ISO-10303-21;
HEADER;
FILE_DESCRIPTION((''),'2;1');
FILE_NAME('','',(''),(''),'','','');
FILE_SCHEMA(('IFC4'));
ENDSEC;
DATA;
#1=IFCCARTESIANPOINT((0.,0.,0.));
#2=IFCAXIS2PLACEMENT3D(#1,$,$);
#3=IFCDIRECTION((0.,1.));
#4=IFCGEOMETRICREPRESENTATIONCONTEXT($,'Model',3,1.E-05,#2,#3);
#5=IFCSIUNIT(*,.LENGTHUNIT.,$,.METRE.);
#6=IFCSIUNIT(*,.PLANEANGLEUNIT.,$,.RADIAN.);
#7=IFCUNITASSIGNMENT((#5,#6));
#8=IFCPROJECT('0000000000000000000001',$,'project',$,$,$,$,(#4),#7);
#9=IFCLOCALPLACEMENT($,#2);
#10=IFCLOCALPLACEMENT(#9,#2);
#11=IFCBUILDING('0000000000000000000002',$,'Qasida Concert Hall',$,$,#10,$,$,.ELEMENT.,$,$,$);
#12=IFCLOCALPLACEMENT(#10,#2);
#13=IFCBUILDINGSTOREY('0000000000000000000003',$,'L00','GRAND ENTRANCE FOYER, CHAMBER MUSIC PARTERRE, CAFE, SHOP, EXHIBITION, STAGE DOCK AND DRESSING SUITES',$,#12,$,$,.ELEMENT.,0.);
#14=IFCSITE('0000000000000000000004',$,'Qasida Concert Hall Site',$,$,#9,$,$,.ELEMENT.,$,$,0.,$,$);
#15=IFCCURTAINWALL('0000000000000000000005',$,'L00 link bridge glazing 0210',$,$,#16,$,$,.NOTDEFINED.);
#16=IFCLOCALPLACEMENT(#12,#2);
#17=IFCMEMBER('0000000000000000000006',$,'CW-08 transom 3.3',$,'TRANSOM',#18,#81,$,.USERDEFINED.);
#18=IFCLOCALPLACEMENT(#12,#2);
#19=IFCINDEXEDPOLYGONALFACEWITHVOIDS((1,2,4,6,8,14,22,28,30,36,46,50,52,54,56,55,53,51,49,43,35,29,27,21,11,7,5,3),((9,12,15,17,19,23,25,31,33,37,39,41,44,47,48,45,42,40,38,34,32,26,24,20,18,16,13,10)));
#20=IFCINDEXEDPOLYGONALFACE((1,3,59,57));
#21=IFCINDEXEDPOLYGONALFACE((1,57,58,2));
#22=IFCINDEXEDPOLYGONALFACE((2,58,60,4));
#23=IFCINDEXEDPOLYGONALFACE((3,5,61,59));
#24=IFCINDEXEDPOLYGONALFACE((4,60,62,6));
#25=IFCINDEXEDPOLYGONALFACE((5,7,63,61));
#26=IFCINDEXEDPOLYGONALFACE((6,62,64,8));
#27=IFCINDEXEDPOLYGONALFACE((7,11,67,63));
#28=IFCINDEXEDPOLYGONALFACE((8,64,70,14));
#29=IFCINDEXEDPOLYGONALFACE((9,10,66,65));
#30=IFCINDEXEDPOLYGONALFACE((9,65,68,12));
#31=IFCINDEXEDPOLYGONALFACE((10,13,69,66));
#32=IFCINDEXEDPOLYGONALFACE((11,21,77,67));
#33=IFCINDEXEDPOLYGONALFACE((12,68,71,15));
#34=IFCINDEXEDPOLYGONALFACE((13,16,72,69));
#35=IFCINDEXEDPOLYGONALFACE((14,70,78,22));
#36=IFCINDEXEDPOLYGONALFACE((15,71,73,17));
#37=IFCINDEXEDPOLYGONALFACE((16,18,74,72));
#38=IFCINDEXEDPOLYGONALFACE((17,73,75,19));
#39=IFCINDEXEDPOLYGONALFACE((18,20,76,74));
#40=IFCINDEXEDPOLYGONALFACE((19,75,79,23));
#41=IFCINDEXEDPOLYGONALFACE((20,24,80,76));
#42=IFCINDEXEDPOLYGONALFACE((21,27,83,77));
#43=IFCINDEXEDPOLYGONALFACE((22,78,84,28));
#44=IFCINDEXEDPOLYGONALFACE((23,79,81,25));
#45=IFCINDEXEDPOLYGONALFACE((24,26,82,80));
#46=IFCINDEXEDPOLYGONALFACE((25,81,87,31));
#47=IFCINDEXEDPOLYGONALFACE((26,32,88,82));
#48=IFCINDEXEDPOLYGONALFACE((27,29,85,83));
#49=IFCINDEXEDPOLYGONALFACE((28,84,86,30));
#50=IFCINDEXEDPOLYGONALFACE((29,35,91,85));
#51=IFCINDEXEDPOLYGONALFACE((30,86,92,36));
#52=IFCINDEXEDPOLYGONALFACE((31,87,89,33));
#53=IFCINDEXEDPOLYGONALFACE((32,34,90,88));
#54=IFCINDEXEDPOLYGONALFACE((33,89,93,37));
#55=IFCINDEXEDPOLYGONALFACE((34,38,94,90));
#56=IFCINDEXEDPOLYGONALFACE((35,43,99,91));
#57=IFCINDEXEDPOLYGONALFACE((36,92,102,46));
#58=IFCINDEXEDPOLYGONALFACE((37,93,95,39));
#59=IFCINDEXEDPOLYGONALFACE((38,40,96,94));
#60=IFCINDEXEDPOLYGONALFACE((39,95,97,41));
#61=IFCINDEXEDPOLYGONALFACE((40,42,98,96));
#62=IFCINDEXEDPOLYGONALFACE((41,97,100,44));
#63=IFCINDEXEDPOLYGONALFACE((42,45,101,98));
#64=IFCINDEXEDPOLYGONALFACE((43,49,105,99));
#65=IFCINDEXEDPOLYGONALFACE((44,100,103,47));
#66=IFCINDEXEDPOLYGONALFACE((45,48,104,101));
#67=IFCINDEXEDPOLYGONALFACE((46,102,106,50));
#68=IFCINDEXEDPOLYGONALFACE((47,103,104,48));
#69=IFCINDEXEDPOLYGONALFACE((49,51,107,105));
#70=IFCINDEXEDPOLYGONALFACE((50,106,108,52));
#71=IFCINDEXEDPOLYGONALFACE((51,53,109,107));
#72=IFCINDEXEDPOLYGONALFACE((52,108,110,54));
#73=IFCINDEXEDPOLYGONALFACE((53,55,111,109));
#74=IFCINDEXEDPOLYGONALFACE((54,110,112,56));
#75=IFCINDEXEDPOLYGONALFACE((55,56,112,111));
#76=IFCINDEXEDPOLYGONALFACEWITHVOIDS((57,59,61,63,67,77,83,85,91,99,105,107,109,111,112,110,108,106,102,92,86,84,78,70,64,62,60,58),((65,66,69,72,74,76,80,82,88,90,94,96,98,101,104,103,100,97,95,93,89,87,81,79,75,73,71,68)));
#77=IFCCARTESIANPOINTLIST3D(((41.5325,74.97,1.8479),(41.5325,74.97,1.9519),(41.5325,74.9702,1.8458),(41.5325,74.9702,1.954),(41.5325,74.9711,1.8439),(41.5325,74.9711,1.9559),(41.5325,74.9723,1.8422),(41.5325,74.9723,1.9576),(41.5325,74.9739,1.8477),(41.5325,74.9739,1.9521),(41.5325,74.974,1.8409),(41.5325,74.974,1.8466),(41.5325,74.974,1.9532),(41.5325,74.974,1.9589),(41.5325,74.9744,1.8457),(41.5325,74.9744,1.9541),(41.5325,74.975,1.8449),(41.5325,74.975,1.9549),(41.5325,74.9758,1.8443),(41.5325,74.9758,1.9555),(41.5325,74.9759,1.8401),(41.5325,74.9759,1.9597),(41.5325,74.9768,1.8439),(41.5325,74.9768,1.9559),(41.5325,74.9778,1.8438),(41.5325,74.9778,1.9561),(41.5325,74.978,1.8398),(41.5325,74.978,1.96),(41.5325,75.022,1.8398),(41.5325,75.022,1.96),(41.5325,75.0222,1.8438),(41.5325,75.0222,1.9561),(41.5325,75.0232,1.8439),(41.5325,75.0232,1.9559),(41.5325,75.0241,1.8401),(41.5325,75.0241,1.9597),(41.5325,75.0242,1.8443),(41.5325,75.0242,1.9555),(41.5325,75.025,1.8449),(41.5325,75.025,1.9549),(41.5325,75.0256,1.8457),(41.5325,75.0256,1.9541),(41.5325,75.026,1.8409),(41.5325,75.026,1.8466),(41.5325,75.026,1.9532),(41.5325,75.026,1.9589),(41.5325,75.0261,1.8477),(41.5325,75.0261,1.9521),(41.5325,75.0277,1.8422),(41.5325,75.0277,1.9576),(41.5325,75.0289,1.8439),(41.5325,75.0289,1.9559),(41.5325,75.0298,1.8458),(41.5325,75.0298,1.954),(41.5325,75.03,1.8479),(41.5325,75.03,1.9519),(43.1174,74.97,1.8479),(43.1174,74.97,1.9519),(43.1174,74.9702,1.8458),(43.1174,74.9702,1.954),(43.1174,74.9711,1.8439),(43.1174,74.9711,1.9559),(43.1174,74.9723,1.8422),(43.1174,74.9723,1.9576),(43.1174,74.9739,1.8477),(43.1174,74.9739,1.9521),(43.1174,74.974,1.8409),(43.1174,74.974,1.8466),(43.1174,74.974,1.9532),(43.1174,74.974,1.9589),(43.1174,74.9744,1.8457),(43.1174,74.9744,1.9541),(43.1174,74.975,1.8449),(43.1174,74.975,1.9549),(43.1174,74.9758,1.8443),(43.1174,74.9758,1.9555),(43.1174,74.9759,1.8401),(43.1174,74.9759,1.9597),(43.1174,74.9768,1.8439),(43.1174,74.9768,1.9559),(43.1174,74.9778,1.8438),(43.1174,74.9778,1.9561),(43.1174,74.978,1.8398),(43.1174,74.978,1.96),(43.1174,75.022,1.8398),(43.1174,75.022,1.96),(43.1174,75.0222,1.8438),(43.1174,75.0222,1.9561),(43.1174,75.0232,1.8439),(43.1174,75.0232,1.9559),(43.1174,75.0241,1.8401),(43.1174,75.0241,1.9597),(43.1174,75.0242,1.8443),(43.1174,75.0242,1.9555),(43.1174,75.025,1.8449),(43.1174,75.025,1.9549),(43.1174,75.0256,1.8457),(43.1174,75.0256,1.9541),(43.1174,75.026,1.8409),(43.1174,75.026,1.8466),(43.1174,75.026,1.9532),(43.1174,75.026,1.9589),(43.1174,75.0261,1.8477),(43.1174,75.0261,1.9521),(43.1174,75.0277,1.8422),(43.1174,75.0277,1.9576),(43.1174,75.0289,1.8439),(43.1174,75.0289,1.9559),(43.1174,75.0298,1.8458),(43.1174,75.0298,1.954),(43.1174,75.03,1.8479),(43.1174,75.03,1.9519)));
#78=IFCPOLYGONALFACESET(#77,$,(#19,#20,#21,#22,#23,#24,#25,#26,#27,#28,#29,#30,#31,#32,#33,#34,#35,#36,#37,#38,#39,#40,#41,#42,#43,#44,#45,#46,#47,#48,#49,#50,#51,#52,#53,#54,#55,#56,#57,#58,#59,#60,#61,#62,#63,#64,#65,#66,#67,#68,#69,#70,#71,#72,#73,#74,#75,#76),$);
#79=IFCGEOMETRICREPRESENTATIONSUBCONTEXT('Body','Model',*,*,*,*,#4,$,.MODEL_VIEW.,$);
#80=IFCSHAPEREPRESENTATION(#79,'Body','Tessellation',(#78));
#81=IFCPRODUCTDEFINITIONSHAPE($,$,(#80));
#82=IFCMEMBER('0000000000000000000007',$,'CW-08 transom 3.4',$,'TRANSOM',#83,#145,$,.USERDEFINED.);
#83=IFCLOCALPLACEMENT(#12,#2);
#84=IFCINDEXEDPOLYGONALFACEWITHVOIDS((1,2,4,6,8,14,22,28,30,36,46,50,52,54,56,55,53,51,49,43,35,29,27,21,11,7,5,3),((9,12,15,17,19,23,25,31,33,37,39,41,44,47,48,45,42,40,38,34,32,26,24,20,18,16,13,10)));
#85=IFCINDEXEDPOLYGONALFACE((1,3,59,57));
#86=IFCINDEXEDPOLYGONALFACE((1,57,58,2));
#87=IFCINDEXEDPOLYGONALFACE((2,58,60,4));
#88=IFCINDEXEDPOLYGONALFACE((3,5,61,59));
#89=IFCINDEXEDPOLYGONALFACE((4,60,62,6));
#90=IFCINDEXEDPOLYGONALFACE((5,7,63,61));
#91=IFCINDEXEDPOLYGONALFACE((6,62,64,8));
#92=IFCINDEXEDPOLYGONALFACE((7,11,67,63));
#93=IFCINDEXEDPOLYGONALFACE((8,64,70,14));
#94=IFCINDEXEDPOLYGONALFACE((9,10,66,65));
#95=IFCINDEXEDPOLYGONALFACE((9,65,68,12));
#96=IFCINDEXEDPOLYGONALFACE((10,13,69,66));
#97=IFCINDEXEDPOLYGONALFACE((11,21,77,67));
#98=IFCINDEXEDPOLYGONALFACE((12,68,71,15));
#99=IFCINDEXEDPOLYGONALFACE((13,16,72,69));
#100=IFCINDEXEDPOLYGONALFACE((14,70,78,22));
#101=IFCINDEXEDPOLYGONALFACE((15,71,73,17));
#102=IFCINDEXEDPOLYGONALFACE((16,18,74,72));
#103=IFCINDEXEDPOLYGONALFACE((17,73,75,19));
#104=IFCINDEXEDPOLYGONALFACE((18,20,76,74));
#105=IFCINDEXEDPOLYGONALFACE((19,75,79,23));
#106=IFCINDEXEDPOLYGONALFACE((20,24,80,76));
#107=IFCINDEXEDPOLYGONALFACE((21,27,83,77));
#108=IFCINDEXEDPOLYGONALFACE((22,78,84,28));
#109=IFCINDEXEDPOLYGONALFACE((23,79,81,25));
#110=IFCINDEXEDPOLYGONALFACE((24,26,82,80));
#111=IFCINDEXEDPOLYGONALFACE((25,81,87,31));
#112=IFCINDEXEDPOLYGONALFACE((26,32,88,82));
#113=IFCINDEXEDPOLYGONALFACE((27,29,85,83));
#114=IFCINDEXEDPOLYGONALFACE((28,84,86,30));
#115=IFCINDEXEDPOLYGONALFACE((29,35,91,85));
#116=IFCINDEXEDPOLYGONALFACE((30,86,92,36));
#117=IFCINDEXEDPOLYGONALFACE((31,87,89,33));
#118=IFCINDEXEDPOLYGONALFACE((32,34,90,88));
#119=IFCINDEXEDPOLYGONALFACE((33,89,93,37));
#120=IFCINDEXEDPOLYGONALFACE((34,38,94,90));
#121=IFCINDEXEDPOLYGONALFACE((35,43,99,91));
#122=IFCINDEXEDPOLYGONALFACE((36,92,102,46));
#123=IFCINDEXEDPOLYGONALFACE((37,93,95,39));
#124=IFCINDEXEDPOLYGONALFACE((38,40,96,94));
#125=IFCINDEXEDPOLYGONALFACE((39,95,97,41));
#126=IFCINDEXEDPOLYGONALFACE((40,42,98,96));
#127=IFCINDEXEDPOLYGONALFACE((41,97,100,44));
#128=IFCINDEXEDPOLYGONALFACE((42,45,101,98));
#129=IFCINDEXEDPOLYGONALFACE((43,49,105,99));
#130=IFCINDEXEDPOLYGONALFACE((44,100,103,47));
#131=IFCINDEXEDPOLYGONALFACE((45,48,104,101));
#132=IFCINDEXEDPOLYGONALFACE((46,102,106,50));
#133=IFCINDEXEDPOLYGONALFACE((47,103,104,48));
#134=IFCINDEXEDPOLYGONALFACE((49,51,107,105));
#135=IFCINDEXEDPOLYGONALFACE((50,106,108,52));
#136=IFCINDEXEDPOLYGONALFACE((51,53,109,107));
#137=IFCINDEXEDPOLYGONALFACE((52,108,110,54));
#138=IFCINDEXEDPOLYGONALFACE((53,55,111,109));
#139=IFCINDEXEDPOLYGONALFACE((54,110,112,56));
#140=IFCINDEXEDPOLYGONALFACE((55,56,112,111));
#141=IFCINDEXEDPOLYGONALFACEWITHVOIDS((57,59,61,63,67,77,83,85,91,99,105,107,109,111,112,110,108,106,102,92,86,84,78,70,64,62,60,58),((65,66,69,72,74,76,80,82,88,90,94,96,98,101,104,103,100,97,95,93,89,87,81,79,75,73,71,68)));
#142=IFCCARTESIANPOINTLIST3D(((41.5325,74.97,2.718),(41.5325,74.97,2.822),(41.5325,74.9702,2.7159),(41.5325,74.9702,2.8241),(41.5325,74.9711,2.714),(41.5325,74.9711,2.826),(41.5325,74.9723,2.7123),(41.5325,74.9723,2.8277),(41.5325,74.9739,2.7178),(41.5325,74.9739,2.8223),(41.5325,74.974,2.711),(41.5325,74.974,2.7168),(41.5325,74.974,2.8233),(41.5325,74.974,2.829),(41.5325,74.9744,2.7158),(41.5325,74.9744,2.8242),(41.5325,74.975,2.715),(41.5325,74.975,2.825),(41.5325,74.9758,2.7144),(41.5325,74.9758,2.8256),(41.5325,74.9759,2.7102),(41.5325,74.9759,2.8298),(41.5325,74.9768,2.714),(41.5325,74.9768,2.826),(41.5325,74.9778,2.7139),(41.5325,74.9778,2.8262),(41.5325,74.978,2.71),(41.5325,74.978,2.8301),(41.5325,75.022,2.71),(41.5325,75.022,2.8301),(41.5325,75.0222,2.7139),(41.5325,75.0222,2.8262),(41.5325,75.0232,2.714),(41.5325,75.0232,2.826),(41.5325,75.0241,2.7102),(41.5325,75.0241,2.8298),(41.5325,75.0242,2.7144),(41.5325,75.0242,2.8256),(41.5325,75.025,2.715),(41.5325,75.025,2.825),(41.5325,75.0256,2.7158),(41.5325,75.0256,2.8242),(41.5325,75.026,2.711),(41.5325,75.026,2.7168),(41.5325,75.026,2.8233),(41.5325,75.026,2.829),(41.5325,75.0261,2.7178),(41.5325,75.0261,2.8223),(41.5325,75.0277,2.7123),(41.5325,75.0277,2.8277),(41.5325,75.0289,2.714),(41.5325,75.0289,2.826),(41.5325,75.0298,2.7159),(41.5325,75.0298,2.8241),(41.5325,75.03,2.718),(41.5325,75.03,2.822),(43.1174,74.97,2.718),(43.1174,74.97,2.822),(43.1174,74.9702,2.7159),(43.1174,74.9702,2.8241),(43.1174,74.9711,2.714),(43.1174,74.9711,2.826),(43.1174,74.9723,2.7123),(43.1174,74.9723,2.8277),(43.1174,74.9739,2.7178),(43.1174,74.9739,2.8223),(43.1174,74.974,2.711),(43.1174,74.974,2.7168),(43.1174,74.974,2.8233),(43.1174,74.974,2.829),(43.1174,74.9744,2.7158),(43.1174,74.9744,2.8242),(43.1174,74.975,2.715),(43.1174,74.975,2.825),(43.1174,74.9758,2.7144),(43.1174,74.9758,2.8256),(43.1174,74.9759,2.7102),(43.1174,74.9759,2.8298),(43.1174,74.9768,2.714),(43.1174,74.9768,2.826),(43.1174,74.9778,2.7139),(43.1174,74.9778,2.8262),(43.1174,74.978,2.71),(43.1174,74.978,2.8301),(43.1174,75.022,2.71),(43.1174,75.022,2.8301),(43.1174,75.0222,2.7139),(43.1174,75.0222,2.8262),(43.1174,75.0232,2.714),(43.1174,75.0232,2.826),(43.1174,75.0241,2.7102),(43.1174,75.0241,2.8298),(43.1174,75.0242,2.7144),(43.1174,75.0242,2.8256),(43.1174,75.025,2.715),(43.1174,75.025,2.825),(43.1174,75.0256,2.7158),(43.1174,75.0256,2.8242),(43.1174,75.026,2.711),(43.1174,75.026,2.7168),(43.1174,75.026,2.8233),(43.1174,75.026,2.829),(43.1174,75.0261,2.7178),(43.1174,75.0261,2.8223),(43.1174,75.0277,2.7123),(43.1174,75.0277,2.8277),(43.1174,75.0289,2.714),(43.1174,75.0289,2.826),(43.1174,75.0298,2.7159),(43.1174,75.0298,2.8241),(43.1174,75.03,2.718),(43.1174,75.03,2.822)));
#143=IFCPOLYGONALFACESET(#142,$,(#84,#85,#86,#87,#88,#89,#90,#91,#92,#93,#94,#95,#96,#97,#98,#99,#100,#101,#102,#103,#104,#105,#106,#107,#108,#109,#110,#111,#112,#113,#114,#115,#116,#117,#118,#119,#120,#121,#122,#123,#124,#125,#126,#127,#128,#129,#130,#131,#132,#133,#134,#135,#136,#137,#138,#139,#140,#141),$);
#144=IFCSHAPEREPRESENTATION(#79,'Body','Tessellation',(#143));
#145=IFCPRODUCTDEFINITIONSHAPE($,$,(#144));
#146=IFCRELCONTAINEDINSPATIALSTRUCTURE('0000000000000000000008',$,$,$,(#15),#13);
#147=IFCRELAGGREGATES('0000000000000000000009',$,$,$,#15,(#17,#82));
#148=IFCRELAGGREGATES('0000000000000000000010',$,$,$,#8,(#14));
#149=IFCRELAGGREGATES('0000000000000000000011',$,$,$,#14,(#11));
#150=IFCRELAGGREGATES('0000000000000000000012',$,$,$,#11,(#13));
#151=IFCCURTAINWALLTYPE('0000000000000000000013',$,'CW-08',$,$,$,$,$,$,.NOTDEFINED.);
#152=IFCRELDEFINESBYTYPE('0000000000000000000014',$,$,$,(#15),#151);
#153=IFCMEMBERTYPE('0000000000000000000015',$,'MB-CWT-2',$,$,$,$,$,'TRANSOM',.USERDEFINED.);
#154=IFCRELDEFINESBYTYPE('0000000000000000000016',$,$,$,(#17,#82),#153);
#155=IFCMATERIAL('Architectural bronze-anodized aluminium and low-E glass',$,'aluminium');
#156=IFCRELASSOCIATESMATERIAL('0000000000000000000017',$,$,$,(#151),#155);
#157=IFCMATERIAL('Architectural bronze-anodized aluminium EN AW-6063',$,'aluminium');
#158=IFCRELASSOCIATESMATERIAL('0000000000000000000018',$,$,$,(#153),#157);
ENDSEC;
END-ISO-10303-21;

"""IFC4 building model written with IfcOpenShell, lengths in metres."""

from ifc_helpers import new_model, si_unit, direction, frame, origin, origin_2d, place, context, subcontext, project, spatial, hollow_rectangle, extrude, material, material_profile, profile_set, type_object, element, aggregate, save


model = new_model("IFC4")

# Units and contexts
model_context = context("Model", 3, precision=1e-05, world=origin(), true_north=direction((0.0, 1.0)))
body_context = subcontext(model_context, "Body", "Model", "MODEL_VIEW")
ifc_project = project(units=[si_unit("LENGTHUNIT", "METRE"), si_unit("PLANEANGLEUNIT", "RADIAN")], contexts=[model_context])

# Site, building, storey
site_placement = place(None, origin())
site = spatial("IfcSite", under=ifc_project, at=site_placement, Name="Qasida Concert Hall Site", CompositionType="ELEMENT", RefElevation=0.0)
building_placement = place(site_placement, origin())
building = spatial("IfcBuilding", under=site, at=building_placement, Name="Qasida Concert Hall", CompositionType="ELEMENT")
storey_placement = place(building_placement, origin())
storey = spatial("IfcBuildingStorey", under=building, at=storey_placement, Name="L00", Description="GRAND ENTRANCE FOYER, CHAMBER MUSIC PARTERRE, CAFE, SHOP, EXHIBITION, STAGE DOCK AND DRESSING SUITES", CompositionType="ELEMENT", Elevation=0.0)

# Curtain wall, members
ifc_material_1 = material(Name="Architectural bronze-anodized aluminium and low-E glass", Category="aluminium")
curtain_wall_type = type_object("IfcCurtainWallType", Name="CW-08", PredefinedType="NOTDEFINED", material=ifc_material_1)
curtain_wall_placement = place(storey_placement, origin())
curtain_wall = element("IfcCurtainWall", 1, at=curtain_wall_placement, inside=storey, type_object=curtain_wall_type, Name="L00 link bridge glazing 0210", PredefinedType="NOTDEFINED")
ifc_material_2 = material(Name="Architectural bronze-anodized aluminium EN AW-6063", Category="aluminium")
ifc_material_profile_1 = material_profile(ifc_material_2, hollow_rectangle(XDim=0.0601, YDim=0.1201, WallThickness=0.0039, InnerFilletRadius=0.0039, OuterFilletRadius=0.0081, at=origin_2d()), Name="CWT 120x60x4")
ifc_profile_set_1 = profile_set([ifc_material_profile_1], Name="Architectural bronze-anodized aluminium EN AW-6063")
member_type_1 = type_object("IfcMemberType", Name="MB-CWT-2", ElementType="TRANSOM", PredefinedType="USERDEFINED", material=ifc_profile_set_1)
member_1_placement = place(storey_placement, frame((41.5325, 75.0, 1.8999), z_axis=(1.0, 0.0, 0.0), x_axis=(0.0, 1.0, 0.0)))
member_1 = element("IfcMember", 2, at=member_1_placement, type_object=member_type_1, Name="CW-08 transom 3.3", ObjectType="TRANSOM", PredefinedType="USERDEFINED", context=body_context, shape_type="SweptSolid", body=[
    extrude(hollow_rectangle(XDim=0.0601, YDim=0.1201, WallThickness=0.0039, InnerFilletRadius=0.0039, OuterFilletRadius=0.0081, at=origin_2d()), origin(), (0.0, 0.0, 1.0), 1.585),
])
member_2_placement = place(storey_placement, frame((41.5325, 75.0, 2.77), z_axis=(1.0, 0.0, 0.0), x_axis=(0.0, 1.0, 0.0)))
member_2 = element("IfcMember", 3, at=member_2_placement, type_object=member_type_1, Name="CW-08 transom 3.4", ObjectType="TRANSOM", PredefinedType="USERDEFINED", context=body_context, shape_type="SweptSolid", body=[
    extrude(hollow_rectangle(XDim=0.0601, YDim=0.1201, WallThickness=0.0039, InnerFilletRadius=0.0039, OuterFilletRadius=0.0081, at=origin_2d()), origin(), (0.0, 0.0, 1.0), 1.585),
])
aggregate(curtain_wall, [member_1, member_2])

save(model, "model.ifc")
